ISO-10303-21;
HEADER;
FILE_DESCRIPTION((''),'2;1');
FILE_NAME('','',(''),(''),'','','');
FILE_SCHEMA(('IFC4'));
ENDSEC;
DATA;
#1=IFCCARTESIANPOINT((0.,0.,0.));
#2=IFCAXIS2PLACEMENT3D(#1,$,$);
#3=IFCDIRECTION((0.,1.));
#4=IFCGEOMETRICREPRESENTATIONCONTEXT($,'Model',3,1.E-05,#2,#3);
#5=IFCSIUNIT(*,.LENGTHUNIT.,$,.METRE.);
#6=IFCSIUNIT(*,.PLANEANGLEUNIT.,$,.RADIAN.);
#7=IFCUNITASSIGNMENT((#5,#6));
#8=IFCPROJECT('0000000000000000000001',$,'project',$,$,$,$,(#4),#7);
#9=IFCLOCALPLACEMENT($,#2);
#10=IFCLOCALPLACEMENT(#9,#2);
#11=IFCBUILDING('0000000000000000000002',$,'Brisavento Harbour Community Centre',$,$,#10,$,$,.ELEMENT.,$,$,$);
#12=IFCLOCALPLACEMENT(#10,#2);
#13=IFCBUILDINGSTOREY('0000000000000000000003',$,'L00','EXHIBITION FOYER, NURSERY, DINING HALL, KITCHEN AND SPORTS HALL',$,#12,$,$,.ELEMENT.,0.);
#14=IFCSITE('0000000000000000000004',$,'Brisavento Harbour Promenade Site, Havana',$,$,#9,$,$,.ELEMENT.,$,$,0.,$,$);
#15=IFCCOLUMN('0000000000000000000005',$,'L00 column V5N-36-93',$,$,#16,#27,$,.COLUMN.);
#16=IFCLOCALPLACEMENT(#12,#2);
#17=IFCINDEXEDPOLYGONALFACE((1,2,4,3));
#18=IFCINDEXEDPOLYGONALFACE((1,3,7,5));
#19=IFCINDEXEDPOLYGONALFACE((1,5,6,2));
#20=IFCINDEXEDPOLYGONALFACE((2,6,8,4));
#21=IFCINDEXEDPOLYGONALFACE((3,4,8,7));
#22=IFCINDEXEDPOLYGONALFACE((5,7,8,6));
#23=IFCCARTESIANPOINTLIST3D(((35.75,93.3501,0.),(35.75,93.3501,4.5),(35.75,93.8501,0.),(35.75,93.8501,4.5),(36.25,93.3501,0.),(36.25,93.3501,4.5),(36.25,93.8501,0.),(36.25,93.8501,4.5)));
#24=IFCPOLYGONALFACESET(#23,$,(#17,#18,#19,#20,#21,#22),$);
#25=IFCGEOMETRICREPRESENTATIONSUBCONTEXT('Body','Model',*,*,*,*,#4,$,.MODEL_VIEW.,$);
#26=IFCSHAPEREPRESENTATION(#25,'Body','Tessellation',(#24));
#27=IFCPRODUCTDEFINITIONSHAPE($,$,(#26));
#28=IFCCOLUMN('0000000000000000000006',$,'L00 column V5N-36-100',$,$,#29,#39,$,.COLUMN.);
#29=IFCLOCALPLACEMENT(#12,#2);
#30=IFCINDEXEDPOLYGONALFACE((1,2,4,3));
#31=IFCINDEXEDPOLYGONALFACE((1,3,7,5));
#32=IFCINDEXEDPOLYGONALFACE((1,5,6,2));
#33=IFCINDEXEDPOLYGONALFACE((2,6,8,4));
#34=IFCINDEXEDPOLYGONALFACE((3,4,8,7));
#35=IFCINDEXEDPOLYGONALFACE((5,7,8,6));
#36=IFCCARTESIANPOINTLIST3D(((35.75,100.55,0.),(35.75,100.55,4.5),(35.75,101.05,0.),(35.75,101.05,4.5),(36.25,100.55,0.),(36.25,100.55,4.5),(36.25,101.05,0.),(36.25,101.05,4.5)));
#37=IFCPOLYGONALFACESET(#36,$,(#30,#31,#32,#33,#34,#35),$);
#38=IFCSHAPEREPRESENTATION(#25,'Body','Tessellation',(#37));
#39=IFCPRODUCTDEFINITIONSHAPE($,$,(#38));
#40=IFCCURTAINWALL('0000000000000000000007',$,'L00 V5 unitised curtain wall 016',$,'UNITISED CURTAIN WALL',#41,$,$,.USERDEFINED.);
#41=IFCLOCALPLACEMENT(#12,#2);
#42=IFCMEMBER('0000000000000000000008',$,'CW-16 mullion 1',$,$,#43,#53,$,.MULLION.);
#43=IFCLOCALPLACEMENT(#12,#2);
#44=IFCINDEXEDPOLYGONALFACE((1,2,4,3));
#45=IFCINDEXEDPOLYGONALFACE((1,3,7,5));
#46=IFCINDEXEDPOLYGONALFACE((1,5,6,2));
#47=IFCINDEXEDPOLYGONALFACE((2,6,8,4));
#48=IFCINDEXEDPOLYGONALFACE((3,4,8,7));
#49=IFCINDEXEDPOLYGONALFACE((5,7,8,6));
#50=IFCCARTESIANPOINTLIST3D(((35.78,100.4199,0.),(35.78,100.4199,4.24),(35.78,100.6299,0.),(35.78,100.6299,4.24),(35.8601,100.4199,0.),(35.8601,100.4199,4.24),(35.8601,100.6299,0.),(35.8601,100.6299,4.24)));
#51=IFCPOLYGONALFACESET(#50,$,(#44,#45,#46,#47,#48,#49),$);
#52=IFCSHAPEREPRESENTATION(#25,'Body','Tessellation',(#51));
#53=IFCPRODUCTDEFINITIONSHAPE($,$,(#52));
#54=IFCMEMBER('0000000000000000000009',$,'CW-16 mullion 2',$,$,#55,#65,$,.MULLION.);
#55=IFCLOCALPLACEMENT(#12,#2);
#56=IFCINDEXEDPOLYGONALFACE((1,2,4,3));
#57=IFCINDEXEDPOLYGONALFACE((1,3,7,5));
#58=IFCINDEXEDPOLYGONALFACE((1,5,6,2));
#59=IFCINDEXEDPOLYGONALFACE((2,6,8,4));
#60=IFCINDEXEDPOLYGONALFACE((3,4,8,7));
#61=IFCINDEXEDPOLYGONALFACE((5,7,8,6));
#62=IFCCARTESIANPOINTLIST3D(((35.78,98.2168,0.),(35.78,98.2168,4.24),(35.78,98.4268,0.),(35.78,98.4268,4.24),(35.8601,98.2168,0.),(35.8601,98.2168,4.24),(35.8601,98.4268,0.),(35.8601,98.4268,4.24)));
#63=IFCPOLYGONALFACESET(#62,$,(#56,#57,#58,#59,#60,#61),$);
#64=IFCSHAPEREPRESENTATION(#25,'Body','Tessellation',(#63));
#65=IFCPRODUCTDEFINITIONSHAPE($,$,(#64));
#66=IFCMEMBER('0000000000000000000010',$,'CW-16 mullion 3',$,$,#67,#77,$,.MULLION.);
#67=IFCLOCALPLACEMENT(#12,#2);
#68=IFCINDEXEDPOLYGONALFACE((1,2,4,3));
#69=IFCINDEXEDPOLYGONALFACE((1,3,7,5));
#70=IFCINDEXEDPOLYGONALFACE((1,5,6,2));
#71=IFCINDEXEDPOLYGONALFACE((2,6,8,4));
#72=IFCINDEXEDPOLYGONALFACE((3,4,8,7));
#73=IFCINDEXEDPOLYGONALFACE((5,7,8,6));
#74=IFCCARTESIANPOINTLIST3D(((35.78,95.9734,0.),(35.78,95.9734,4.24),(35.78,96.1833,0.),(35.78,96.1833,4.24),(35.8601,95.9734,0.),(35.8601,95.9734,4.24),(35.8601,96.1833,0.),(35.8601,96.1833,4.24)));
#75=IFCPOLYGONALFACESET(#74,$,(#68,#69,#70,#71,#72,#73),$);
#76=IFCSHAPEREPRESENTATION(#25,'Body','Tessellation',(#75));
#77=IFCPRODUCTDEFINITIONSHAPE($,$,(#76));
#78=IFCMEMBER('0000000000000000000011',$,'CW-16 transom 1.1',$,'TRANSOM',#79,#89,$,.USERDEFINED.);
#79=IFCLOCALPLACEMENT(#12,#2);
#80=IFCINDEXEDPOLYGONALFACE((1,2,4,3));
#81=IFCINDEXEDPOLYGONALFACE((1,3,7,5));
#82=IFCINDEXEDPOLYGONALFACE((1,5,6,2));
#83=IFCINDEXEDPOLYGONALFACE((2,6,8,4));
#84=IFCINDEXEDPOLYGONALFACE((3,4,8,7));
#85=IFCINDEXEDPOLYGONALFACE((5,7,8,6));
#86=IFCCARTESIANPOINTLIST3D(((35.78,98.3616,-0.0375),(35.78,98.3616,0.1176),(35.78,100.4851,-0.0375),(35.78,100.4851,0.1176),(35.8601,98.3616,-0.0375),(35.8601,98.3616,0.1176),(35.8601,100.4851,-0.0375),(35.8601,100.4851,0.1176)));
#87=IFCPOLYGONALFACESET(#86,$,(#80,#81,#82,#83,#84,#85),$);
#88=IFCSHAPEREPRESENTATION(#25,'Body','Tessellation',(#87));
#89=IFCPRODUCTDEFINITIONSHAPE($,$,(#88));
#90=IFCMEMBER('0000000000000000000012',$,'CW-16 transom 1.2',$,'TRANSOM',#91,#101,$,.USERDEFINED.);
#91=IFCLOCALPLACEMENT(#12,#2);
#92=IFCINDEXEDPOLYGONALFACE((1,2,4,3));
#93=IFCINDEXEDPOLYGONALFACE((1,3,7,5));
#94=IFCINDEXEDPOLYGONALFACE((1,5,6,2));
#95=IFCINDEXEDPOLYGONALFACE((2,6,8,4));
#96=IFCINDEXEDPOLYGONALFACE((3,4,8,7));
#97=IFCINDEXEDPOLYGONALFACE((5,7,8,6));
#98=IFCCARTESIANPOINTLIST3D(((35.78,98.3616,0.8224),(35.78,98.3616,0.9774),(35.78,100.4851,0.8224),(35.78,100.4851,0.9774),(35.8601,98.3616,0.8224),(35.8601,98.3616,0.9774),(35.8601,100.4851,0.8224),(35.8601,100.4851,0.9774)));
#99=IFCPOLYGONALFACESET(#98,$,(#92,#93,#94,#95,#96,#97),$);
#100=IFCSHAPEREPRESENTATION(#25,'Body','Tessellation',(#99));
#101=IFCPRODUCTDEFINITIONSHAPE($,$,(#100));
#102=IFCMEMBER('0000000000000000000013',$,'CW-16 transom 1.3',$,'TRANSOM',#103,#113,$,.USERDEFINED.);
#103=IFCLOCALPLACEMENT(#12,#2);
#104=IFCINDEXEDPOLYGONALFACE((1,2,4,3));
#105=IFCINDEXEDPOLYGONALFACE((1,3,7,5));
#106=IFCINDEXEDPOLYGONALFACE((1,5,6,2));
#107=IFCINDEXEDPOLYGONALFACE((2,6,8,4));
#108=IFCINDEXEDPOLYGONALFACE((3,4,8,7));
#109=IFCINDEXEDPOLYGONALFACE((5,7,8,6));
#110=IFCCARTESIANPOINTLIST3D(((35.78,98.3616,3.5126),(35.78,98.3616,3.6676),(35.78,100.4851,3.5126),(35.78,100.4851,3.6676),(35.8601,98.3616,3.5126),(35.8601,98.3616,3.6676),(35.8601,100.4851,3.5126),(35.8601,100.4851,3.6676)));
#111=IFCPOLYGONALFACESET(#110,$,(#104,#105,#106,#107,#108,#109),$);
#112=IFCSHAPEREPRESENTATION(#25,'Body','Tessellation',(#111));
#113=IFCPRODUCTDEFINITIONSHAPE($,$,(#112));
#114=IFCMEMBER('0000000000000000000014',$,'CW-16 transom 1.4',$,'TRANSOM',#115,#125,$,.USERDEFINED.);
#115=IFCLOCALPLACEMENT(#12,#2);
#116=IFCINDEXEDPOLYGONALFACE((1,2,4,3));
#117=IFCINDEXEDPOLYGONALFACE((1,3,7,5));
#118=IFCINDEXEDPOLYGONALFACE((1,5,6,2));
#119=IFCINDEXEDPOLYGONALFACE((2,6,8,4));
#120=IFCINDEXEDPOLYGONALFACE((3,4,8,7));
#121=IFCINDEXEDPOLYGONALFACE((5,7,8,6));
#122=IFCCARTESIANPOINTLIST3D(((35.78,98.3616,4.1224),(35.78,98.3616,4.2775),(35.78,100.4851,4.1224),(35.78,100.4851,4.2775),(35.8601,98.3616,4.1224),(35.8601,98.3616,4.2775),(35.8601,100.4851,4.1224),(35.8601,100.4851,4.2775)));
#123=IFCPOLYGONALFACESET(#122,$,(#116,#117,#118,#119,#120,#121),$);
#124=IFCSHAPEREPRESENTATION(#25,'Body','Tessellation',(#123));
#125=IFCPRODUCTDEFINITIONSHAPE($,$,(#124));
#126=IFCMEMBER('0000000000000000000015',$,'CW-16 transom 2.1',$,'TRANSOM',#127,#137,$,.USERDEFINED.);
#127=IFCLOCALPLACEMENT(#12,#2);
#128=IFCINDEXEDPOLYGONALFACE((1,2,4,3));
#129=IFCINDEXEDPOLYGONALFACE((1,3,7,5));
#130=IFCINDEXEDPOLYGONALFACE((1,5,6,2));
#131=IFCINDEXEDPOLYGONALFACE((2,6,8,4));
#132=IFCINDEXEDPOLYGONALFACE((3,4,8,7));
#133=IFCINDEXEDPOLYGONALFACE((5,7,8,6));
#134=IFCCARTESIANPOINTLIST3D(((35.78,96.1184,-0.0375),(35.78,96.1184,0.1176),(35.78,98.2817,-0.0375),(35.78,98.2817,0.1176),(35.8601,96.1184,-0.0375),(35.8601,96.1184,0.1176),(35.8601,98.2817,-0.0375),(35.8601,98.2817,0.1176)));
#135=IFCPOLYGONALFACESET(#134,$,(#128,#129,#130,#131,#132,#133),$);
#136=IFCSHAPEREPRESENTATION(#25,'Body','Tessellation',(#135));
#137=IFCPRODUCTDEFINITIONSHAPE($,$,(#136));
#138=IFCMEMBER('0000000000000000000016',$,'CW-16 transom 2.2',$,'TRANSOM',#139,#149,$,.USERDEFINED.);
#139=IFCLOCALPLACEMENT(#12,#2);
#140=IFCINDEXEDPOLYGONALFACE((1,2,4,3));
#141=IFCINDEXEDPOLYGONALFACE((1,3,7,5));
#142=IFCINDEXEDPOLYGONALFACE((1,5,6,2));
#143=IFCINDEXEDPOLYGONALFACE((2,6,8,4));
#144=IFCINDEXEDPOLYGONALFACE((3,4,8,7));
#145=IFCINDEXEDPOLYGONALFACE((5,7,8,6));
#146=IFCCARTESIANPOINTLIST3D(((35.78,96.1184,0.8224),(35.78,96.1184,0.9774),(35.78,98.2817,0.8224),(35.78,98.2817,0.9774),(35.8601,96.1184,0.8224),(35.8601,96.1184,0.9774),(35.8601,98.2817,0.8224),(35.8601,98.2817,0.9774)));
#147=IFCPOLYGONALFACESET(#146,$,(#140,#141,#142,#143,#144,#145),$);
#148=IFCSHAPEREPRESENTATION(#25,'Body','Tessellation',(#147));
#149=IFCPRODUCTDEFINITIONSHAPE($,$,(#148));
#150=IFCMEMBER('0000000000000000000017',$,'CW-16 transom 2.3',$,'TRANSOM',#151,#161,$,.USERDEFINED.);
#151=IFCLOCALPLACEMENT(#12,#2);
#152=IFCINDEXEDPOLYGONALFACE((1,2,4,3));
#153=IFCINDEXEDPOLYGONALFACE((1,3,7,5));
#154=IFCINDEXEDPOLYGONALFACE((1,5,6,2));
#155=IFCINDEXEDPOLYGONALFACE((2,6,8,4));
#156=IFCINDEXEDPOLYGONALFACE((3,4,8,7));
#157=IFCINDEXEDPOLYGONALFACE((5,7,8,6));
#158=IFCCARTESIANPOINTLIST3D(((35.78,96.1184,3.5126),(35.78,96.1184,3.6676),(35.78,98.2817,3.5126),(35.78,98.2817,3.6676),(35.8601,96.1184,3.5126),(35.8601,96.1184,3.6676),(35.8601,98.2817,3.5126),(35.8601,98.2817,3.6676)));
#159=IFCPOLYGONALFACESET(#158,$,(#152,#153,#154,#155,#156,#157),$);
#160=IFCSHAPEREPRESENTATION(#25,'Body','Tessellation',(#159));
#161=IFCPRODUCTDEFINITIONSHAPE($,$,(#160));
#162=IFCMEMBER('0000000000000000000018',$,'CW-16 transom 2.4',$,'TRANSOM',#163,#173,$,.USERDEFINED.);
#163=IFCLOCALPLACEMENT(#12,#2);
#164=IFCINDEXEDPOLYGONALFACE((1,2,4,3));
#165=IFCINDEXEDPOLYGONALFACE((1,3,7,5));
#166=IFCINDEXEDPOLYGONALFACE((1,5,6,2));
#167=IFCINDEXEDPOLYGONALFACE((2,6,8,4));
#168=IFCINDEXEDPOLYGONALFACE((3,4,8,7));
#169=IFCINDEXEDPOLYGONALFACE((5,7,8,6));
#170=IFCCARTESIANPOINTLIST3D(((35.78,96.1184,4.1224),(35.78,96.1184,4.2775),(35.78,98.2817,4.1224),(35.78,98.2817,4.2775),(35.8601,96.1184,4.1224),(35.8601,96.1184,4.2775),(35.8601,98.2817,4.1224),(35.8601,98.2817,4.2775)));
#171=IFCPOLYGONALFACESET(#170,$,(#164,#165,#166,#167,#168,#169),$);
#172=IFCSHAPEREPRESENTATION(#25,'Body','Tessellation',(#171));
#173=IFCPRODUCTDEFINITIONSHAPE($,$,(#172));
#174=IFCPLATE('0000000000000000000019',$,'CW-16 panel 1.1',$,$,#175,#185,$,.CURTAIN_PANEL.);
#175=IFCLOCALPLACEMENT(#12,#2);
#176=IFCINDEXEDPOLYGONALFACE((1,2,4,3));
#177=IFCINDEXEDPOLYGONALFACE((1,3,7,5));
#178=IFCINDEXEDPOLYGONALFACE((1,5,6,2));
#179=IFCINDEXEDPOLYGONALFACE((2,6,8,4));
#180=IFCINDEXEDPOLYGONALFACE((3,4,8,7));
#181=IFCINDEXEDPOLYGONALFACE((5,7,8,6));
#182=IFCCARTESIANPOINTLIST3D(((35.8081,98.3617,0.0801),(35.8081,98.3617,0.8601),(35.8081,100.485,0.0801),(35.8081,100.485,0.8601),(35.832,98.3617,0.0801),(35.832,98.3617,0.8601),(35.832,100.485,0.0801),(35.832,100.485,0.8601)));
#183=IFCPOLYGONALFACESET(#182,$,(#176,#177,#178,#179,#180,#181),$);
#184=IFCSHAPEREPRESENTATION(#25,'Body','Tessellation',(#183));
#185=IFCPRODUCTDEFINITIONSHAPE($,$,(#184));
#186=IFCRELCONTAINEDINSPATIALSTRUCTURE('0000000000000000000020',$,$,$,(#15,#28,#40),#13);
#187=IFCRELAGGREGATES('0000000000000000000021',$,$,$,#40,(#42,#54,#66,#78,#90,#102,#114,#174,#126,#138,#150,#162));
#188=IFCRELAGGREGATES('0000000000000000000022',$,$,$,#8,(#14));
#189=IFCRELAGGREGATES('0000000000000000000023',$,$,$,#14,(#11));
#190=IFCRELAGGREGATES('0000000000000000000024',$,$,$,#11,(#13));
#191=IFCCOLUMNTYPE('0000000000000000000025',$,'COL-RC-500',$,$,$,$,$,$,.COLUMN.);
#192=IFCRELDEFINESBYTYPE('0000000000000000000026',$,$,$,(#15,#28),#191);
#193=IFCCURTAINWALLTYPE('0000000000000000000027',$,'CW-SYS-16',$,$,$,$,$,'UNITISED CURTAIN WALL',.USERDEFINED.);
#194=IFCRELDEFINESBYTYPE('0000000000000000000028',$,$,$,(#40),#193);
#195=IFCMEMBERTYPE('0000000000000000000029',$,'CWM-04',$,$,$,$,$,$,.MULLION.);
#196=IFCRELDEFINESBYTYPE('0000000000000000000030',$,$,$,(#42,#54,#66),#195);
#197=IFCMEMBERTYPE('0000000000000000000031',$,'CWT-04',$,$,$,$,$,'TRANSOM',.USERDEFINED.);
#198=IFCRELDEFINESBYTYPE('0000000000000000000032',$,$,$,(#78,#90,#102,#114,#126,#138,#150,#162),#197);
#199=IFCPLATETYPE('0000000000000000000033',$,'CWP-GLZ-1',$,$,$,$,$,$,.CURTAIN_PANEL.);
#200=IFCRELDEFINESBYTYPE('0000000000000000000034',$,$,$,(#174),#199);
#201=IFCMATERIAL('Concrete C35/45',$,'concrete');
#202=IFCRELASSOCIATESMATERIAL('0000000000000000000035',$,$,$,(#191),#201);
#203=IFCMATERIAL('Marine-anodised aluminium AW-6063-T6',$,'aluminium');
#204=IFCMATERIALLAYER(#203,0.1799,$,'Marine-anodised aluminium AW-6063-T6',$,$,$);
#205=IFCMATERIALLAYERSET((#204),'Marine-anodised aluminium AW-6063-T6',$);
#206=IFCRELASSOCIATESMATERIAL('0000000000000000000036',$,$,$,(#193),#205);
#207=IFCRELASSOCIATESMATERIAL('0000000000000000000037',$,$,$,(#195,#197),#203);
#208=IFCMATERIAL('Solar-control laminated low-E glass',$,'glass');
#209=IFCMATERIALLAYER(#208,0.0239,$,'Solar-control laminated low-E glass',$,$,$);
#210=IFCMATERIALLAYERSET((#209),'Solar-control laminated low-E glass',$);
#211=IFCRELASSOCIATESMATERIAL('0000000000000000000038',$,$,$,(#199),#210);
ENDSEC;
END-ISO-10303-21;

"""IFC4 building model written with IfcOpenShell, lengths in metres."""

from ifc_helpers import new_model, si_unit, direction, frame, origin, origin_2d, place, context, subcontext, project, spatial, rectangle, extrude, material, layer, layer_set, material_profile, profile_set, type_object, element, aggregate, save


model = new_model("IFC4")

# Units and contexts
model_context = context("Model", 3, precision=1e-05, world=origin(), true_north=direction((0.0, 1.0)))
body_context = subcontext(model_context, "Body", "Model", "MODEL_VIEW")
ifc_project = project(units=[si_unit("LENGTHUNIT", "METRE"), si_unit("PLANEANGLEUNIT", "RADIAN")], contexts=[model_context])

# Site, building, storey
site_placement = place(None, origin())
site = spatial("IfcSite", under=ifc_project, at=site_placement, Name="Brisavento Harbour Promenade Site, Havana", CompositionType="ELEMENT", RefElevation=0.0)
building_placement = place(site_placement, origin())
building = spatial("IfcBuilding", under=site, at=building_placement, Name="Brisavento Harbour Community Centre", CompositionType="ELEMENT")
storey_placement = place(building_placement, origin())
storey = spatial("IfcBuildingStorey", under=building, at=storey_placement, Name="L00", Description="EXHIBITION FOYER, NURSERY, DINING HALL, KITCHEN AND SPORTS HALL", CompositionType="ELEMENT", Elevation=0.0)

# Columns
ifc_material_1 = material(Name="Concrete C35/45", Category="concrete")
ifc_material_profile_1 = material_profile(ifc_material_1, rectangle(XDim=0.5, YDim=0.5, at=origin_2d()), Name="Concrete C35/45")
ifc_profile_set_1 = profile_set([ifc_material_profile_1], Name="Concrete C35/45")
column_type = type_object("IfcColumnType", Name="COL-RC-500", PredefinedType="COLUMN", material=ifc_profile_set_1)
for number, where, z_axis, x_axis, name in (
    (1, (36.0, 93.6001, 0.0), (0.0, 0.0, 1.0), (1.0, 0.0, 0.0), "L00 column V5N-36-93"),
    (2, (36.0, 100.8, 0.0), (0.0, 0.0, 1.0), (1.0, 0.0, 0.0), "L00 column V5N-36-100"),
):
    element("IfcColumn", number, at=place(storey_placement, frame(where, z_axis=z_axis, x_axis=x_axis)), inside=storey, type_object=column_type, Name=name, PredefinedType="COLUMN", context=body_context, shape_type="SweptSolid", body=[
        extrude(rectangle(XDim=0.5, YDim=0.5, at=origin_2d()), origin(), (0.0, 0.0, 1.0), 4.5),
    ])

# Curtain wall, members, plate
ifc_material_2 = material(Name="Marine-anodised aluminium AW-6063-T6", Category="aluminium")
ifc_layer_1 = layer(ifc_material_2, 0.1799, Name="Marine-anodised aluminium AW-6063-T6")
ifc_layer_set_1 = layer_set([ifc_layer_1], Name="Marine-anodised aluminium AW-6063-T6")
curtain_wall_type = type_object("IfcCurtainWallType", Name="CW-SYS-16", ElementType="UNITISED CURTAIN WALL", PredefinedType="USERDEFINED", material=ifc_layer_set_1)
curtain_wall_placement = place(storey_placement, origin())
curtain_wall = element("IfcCurtainWall", 3, at=curtain_wall_placement, inside=storey, type_object=curtain_wall_type, Name="L00 V5 unitised curtain wall 016", ObjectType="UNITISED CURTAIN WALL", PredefinedType="USERDEFINED")
ifc_material_profile_2 = material_profile(ifc_material_2, rectangle(XDim=0.0801, YDim=0.21, at=origin_2d()), Name="Marine-anodised aluminium AW-6063-T6")
ifc_profile_set_2 = profile_set([ifc_material_profile_2], Name="Marine-anodised aluminium AW-6063-T6")
member_type_1 = type_object("IfcMemberType", Name="CWM-04", PredefinedType="MULLION", material=ifc_profile_set_2)
member_1_placement = place(storey_placement, frame((35.8201, 100.5249, 0.0), z_axis=(0.0, 0.0, 1.0), x_axis=(1.0, 0.0, 0.0)))
member_1 = element("IfcMember", 4, at=member_1_placement, type_object=member_type_1, Name="CW-16 mullion 1", PredefinedType="MULLION", context=body_context, shape_type="SweptSolid", body=[
    extrude(rectangle(XDim=0.0801, YDim=0.21, at=origin_2d()), origin(), (0.0, 0.0, 1.0), 4.24),
])
member_2_placement = place(storey_placement, frame((35.8201, 98.3218, 0.0), z_axis=(0.0, 0.0, 1.0), x_axis=(1.0, 0.0, 0.0)))
member_2 = element("IfcMember", 5, at=member_2_placement, type_object=member_type_1, Name="CW-16 mullion 2", PredefinedType="MULLION", context=body_context, shape_type="SweptSolid", body=[
    extrude(rectangle(XDim=0.0801, YDim=0.21, at=origin_2d()), origin(), (0.0, 0.0, 1.0), 4.24),
])
member_3_placement = place(storey_placement, frame((35.8201, 96.0784, 0.0), z_axis=(0.0, 0.0, 1.0), x_axis=(1.0, 0.0, 0.0)))
member_3 = element("IfcMember", 6, at=member_3_placement, type_object=member_type_1, Name="CW-16 mullion 3", PredefinedType="MULLION", context=body_context, shape_type="SweptSolid", body=[
    extrude(rectangle(XDim=0.0801, YDim=0.21, at=origin_2d()), origin(), (0.0, 0.0, 1.0), 4.24),
])
ifc_material_profile_3 = material_profile(ifc_material_2, rectangle(XDim=0.0801, YDim=0.155, at=origin_2d()), Name="Marine-anodised aluminium AW-6063-T6")
ifc_profile_set_3 = profile_set([ifc_material_profile_3], Name="Marine-anodised aluminium AW-6063-T6")
member_type_2 = type_object("IfcMemberType", Name="CWT-04", ElementType="TRANSOM", PredefinedType="USERDEFINED", material=ifc_profile_set_3)
member_4_placement = place(storey_placement, frame((35.8201, 100.4851, 0.04), z_axis=(0.0, -1.0, 0.0), x_axis=(1.0, 0.0, 0.0)))
member_4 = element("IfcMember", 7, at=member_4_placement, type_object=member_type_2, Name="CW-16 transom 1.1", ObjectType="TRANSOM", PredefinedType="USERDEFINED", context=body_context, shape_type="SweptSolid", body=[
    extrude(rectangle(XDim=0.0801, YDim=0.155, at=origin_2d()), origin(), (0.0, 0.0, 1.0), 2.1235),
])
member_5_placement = place(storey_placement, frame((35.8201, 100.4851, 0.8999), z_axis=(0.0, -1.0, 0.0), x_axis=(1.0, 0.0, 0.0)))
member_5 = element("IfcMember", 8, at=member_5_placement, type_object=member_type_2, Name="CW-16 transom 1.2", ObjectType="TRANSOM", PredefinedType="USERDEFINED", context=body_context, shape_type="SweptSolid", body=[
    extrude(rectangle(XDim=0.0801, YDim=0.155, at=origin_2d()), origin(), (0.0, 0.0, 1.0), 2.1235),
])
member_6_placement = place(storey_placement, frame((35.8201, 100.4851, 3.5901), z_axis=(0.0, -1.0, 0.0), x_axis=(1.0, 0.0, 0.0)))
member_6 = element("IfcMember", 9, at=member_6_placement, type_object=member_type_2, Name="CW-16 transom 1.3", ObjectType="TRANSOM", PredefinedType="USERDEFINED", context=body_context, shape_type="SweptSolid", body=[
    extrude(rectangle(XDim=0.0801, YDim=0.155, at=origin_2d()), origin(), (0.0, 0.0, 1.0), 2.1235),
])
member_7_placement = place(storey_placement, frame((35.8201, 100.4851, 4.2), z_axis=(0.0, -1.0, 0.0), x_axis=(1.0, 0.0, 0.0)))
member_7 = element("IfcMember", 10, at=member_7_placement, type_object=member_type_2, Name="CW-16 transom 1.4", ObjectType="TRANSOM", PredefinedType="USERDEFINED", context=body_context, shape_type="SweptSolid", body=[
    extrude(rectangle(XDim=0.0801, YDim=0.155, at=origin_2d()), origin(), (0.0, 0.0, 1.0), 2.1235),
])
member_8_placement = place(storey_placement, frame((35.8201, 98.2817, 0.04), z_axis=(0.0, -1.0, 0.0), x_axis=(1.0, 0.0, 0.0)))
member_8 = element("IfcMember", 11, at=member_8_placement, type_object=member_type_2, Name="CW-16 transom 2.1", ObjectType="TRANSOM", PredefinedType="USERDEFINED", context=body_context, shape_type="SweptSolid", body=[
    extrude(rectangle(XDim=0.0801, YDim=0.155, at=origin_2d()), origin(), (0.0, 0.0, 1.0), 2.1633),
])
member_9_placement = place(storey_placement, frame((35.8201, 98.2817, 0.8999), z_axis=(0.0, -1.0, 0.0), x_axis=(1.0, 0.0, 0.0)))
member_9 = element("IfcMember", 12, at=member_9_placement, type_object=member_type_2, Name="CW-16 transom 2.2", ObjectType="TRANSOM", PredefinedType="USERDEFINED", context=body_context, shape_type="SweptSolid", body=[
    extrude(rectangle(XDim=0.0801, YDim=0.155, at=origin_2d()), origin(), (0.0, 0.0, 1.0), 2.1633),
])
member_10_placement = place(storey_placement, frame((35.8201, 98.2817, 3.5901), z_axis=(0.0, -1.0, 0.0), x_axis=(1.0, 0.0, 0.0)))
member_10 = element("IfcMember", 13, at=member_10_placement, type_object=member_type_2, Name="CW-16 transom 2.3", ObjectType="TRANSOM", PredefinedType="USERDEFINED", context=body_context, shape_type="SweptSolid", body=[
    extrude(rectangle(XDim=0.0801, YDim=0.155, at=origin_2d()), origin(), (0.0, 0.0, 1.0), 2.1633),
])
member_11_placement = place(storey_placement, frame((35.8201, 98.2817, 4.2), z_axis=(0.0, -1.0, 0.0), x_axis=(1.0, 0.0, 0.0)))
member_11 = element("IfcMember", 14, at=member_11_placement, type_object=member_type_2, Name="CW-16 transom 2.4", ObjectType="TRANSOM", PredefinedType="USERDEFINED", context=body_context, shape_type="SweptSolid", body=[
    extrude(rectangle(XDim=0.0801, YDim=0.155, at=origin_2d()), origin(), (0.0, 0.0, 1.0), 2.1633),
])
ifc_material_3 = material(Name="Solar-control laminated low-E glass", Category="glass")
ifc_layer_2 = layer(ifc_material_3, 0.0239, Name="Solar-control laminated low-E glass")
ifc_layer_set_2 = layer_set([ifc_layer_2], Name="Solar-control laminated low-E glass")
plate_type = type_object("IfcPlateType", Name="CWP-GLZ-1", PredefinedType="CURTAIN_PANEL", material=ifc_layer_set_2)
plate_1_placement = place(storey_placement, frame((35.8201, 99.4233, 0.0801), z_axis=(0.0, 0.0, 1.0), x_axis=(0.0, -1.0, 0.0)))
plate_1 = element("IfcPlate", 15, at=plate_1_placement, type_object=plate_type, Name="CW-16 panel 1.1", PredefinedType="CURTAIN_PANEL", context=body_context, shape_type="SweptSolid", body=[
    extrude(rectangle(XDim=2.1233, YDim=0.0239, at=origin_2d()), origin(), (0.0, 0.0, 1.0), 0.78),
])
aggregate(curtain_wall, [member_1, member_2, member_3, member_4, member_5, member_6, member_7, plate_1, member_8, member_9, member_10, member_11])

save(model, "model.ifc")
